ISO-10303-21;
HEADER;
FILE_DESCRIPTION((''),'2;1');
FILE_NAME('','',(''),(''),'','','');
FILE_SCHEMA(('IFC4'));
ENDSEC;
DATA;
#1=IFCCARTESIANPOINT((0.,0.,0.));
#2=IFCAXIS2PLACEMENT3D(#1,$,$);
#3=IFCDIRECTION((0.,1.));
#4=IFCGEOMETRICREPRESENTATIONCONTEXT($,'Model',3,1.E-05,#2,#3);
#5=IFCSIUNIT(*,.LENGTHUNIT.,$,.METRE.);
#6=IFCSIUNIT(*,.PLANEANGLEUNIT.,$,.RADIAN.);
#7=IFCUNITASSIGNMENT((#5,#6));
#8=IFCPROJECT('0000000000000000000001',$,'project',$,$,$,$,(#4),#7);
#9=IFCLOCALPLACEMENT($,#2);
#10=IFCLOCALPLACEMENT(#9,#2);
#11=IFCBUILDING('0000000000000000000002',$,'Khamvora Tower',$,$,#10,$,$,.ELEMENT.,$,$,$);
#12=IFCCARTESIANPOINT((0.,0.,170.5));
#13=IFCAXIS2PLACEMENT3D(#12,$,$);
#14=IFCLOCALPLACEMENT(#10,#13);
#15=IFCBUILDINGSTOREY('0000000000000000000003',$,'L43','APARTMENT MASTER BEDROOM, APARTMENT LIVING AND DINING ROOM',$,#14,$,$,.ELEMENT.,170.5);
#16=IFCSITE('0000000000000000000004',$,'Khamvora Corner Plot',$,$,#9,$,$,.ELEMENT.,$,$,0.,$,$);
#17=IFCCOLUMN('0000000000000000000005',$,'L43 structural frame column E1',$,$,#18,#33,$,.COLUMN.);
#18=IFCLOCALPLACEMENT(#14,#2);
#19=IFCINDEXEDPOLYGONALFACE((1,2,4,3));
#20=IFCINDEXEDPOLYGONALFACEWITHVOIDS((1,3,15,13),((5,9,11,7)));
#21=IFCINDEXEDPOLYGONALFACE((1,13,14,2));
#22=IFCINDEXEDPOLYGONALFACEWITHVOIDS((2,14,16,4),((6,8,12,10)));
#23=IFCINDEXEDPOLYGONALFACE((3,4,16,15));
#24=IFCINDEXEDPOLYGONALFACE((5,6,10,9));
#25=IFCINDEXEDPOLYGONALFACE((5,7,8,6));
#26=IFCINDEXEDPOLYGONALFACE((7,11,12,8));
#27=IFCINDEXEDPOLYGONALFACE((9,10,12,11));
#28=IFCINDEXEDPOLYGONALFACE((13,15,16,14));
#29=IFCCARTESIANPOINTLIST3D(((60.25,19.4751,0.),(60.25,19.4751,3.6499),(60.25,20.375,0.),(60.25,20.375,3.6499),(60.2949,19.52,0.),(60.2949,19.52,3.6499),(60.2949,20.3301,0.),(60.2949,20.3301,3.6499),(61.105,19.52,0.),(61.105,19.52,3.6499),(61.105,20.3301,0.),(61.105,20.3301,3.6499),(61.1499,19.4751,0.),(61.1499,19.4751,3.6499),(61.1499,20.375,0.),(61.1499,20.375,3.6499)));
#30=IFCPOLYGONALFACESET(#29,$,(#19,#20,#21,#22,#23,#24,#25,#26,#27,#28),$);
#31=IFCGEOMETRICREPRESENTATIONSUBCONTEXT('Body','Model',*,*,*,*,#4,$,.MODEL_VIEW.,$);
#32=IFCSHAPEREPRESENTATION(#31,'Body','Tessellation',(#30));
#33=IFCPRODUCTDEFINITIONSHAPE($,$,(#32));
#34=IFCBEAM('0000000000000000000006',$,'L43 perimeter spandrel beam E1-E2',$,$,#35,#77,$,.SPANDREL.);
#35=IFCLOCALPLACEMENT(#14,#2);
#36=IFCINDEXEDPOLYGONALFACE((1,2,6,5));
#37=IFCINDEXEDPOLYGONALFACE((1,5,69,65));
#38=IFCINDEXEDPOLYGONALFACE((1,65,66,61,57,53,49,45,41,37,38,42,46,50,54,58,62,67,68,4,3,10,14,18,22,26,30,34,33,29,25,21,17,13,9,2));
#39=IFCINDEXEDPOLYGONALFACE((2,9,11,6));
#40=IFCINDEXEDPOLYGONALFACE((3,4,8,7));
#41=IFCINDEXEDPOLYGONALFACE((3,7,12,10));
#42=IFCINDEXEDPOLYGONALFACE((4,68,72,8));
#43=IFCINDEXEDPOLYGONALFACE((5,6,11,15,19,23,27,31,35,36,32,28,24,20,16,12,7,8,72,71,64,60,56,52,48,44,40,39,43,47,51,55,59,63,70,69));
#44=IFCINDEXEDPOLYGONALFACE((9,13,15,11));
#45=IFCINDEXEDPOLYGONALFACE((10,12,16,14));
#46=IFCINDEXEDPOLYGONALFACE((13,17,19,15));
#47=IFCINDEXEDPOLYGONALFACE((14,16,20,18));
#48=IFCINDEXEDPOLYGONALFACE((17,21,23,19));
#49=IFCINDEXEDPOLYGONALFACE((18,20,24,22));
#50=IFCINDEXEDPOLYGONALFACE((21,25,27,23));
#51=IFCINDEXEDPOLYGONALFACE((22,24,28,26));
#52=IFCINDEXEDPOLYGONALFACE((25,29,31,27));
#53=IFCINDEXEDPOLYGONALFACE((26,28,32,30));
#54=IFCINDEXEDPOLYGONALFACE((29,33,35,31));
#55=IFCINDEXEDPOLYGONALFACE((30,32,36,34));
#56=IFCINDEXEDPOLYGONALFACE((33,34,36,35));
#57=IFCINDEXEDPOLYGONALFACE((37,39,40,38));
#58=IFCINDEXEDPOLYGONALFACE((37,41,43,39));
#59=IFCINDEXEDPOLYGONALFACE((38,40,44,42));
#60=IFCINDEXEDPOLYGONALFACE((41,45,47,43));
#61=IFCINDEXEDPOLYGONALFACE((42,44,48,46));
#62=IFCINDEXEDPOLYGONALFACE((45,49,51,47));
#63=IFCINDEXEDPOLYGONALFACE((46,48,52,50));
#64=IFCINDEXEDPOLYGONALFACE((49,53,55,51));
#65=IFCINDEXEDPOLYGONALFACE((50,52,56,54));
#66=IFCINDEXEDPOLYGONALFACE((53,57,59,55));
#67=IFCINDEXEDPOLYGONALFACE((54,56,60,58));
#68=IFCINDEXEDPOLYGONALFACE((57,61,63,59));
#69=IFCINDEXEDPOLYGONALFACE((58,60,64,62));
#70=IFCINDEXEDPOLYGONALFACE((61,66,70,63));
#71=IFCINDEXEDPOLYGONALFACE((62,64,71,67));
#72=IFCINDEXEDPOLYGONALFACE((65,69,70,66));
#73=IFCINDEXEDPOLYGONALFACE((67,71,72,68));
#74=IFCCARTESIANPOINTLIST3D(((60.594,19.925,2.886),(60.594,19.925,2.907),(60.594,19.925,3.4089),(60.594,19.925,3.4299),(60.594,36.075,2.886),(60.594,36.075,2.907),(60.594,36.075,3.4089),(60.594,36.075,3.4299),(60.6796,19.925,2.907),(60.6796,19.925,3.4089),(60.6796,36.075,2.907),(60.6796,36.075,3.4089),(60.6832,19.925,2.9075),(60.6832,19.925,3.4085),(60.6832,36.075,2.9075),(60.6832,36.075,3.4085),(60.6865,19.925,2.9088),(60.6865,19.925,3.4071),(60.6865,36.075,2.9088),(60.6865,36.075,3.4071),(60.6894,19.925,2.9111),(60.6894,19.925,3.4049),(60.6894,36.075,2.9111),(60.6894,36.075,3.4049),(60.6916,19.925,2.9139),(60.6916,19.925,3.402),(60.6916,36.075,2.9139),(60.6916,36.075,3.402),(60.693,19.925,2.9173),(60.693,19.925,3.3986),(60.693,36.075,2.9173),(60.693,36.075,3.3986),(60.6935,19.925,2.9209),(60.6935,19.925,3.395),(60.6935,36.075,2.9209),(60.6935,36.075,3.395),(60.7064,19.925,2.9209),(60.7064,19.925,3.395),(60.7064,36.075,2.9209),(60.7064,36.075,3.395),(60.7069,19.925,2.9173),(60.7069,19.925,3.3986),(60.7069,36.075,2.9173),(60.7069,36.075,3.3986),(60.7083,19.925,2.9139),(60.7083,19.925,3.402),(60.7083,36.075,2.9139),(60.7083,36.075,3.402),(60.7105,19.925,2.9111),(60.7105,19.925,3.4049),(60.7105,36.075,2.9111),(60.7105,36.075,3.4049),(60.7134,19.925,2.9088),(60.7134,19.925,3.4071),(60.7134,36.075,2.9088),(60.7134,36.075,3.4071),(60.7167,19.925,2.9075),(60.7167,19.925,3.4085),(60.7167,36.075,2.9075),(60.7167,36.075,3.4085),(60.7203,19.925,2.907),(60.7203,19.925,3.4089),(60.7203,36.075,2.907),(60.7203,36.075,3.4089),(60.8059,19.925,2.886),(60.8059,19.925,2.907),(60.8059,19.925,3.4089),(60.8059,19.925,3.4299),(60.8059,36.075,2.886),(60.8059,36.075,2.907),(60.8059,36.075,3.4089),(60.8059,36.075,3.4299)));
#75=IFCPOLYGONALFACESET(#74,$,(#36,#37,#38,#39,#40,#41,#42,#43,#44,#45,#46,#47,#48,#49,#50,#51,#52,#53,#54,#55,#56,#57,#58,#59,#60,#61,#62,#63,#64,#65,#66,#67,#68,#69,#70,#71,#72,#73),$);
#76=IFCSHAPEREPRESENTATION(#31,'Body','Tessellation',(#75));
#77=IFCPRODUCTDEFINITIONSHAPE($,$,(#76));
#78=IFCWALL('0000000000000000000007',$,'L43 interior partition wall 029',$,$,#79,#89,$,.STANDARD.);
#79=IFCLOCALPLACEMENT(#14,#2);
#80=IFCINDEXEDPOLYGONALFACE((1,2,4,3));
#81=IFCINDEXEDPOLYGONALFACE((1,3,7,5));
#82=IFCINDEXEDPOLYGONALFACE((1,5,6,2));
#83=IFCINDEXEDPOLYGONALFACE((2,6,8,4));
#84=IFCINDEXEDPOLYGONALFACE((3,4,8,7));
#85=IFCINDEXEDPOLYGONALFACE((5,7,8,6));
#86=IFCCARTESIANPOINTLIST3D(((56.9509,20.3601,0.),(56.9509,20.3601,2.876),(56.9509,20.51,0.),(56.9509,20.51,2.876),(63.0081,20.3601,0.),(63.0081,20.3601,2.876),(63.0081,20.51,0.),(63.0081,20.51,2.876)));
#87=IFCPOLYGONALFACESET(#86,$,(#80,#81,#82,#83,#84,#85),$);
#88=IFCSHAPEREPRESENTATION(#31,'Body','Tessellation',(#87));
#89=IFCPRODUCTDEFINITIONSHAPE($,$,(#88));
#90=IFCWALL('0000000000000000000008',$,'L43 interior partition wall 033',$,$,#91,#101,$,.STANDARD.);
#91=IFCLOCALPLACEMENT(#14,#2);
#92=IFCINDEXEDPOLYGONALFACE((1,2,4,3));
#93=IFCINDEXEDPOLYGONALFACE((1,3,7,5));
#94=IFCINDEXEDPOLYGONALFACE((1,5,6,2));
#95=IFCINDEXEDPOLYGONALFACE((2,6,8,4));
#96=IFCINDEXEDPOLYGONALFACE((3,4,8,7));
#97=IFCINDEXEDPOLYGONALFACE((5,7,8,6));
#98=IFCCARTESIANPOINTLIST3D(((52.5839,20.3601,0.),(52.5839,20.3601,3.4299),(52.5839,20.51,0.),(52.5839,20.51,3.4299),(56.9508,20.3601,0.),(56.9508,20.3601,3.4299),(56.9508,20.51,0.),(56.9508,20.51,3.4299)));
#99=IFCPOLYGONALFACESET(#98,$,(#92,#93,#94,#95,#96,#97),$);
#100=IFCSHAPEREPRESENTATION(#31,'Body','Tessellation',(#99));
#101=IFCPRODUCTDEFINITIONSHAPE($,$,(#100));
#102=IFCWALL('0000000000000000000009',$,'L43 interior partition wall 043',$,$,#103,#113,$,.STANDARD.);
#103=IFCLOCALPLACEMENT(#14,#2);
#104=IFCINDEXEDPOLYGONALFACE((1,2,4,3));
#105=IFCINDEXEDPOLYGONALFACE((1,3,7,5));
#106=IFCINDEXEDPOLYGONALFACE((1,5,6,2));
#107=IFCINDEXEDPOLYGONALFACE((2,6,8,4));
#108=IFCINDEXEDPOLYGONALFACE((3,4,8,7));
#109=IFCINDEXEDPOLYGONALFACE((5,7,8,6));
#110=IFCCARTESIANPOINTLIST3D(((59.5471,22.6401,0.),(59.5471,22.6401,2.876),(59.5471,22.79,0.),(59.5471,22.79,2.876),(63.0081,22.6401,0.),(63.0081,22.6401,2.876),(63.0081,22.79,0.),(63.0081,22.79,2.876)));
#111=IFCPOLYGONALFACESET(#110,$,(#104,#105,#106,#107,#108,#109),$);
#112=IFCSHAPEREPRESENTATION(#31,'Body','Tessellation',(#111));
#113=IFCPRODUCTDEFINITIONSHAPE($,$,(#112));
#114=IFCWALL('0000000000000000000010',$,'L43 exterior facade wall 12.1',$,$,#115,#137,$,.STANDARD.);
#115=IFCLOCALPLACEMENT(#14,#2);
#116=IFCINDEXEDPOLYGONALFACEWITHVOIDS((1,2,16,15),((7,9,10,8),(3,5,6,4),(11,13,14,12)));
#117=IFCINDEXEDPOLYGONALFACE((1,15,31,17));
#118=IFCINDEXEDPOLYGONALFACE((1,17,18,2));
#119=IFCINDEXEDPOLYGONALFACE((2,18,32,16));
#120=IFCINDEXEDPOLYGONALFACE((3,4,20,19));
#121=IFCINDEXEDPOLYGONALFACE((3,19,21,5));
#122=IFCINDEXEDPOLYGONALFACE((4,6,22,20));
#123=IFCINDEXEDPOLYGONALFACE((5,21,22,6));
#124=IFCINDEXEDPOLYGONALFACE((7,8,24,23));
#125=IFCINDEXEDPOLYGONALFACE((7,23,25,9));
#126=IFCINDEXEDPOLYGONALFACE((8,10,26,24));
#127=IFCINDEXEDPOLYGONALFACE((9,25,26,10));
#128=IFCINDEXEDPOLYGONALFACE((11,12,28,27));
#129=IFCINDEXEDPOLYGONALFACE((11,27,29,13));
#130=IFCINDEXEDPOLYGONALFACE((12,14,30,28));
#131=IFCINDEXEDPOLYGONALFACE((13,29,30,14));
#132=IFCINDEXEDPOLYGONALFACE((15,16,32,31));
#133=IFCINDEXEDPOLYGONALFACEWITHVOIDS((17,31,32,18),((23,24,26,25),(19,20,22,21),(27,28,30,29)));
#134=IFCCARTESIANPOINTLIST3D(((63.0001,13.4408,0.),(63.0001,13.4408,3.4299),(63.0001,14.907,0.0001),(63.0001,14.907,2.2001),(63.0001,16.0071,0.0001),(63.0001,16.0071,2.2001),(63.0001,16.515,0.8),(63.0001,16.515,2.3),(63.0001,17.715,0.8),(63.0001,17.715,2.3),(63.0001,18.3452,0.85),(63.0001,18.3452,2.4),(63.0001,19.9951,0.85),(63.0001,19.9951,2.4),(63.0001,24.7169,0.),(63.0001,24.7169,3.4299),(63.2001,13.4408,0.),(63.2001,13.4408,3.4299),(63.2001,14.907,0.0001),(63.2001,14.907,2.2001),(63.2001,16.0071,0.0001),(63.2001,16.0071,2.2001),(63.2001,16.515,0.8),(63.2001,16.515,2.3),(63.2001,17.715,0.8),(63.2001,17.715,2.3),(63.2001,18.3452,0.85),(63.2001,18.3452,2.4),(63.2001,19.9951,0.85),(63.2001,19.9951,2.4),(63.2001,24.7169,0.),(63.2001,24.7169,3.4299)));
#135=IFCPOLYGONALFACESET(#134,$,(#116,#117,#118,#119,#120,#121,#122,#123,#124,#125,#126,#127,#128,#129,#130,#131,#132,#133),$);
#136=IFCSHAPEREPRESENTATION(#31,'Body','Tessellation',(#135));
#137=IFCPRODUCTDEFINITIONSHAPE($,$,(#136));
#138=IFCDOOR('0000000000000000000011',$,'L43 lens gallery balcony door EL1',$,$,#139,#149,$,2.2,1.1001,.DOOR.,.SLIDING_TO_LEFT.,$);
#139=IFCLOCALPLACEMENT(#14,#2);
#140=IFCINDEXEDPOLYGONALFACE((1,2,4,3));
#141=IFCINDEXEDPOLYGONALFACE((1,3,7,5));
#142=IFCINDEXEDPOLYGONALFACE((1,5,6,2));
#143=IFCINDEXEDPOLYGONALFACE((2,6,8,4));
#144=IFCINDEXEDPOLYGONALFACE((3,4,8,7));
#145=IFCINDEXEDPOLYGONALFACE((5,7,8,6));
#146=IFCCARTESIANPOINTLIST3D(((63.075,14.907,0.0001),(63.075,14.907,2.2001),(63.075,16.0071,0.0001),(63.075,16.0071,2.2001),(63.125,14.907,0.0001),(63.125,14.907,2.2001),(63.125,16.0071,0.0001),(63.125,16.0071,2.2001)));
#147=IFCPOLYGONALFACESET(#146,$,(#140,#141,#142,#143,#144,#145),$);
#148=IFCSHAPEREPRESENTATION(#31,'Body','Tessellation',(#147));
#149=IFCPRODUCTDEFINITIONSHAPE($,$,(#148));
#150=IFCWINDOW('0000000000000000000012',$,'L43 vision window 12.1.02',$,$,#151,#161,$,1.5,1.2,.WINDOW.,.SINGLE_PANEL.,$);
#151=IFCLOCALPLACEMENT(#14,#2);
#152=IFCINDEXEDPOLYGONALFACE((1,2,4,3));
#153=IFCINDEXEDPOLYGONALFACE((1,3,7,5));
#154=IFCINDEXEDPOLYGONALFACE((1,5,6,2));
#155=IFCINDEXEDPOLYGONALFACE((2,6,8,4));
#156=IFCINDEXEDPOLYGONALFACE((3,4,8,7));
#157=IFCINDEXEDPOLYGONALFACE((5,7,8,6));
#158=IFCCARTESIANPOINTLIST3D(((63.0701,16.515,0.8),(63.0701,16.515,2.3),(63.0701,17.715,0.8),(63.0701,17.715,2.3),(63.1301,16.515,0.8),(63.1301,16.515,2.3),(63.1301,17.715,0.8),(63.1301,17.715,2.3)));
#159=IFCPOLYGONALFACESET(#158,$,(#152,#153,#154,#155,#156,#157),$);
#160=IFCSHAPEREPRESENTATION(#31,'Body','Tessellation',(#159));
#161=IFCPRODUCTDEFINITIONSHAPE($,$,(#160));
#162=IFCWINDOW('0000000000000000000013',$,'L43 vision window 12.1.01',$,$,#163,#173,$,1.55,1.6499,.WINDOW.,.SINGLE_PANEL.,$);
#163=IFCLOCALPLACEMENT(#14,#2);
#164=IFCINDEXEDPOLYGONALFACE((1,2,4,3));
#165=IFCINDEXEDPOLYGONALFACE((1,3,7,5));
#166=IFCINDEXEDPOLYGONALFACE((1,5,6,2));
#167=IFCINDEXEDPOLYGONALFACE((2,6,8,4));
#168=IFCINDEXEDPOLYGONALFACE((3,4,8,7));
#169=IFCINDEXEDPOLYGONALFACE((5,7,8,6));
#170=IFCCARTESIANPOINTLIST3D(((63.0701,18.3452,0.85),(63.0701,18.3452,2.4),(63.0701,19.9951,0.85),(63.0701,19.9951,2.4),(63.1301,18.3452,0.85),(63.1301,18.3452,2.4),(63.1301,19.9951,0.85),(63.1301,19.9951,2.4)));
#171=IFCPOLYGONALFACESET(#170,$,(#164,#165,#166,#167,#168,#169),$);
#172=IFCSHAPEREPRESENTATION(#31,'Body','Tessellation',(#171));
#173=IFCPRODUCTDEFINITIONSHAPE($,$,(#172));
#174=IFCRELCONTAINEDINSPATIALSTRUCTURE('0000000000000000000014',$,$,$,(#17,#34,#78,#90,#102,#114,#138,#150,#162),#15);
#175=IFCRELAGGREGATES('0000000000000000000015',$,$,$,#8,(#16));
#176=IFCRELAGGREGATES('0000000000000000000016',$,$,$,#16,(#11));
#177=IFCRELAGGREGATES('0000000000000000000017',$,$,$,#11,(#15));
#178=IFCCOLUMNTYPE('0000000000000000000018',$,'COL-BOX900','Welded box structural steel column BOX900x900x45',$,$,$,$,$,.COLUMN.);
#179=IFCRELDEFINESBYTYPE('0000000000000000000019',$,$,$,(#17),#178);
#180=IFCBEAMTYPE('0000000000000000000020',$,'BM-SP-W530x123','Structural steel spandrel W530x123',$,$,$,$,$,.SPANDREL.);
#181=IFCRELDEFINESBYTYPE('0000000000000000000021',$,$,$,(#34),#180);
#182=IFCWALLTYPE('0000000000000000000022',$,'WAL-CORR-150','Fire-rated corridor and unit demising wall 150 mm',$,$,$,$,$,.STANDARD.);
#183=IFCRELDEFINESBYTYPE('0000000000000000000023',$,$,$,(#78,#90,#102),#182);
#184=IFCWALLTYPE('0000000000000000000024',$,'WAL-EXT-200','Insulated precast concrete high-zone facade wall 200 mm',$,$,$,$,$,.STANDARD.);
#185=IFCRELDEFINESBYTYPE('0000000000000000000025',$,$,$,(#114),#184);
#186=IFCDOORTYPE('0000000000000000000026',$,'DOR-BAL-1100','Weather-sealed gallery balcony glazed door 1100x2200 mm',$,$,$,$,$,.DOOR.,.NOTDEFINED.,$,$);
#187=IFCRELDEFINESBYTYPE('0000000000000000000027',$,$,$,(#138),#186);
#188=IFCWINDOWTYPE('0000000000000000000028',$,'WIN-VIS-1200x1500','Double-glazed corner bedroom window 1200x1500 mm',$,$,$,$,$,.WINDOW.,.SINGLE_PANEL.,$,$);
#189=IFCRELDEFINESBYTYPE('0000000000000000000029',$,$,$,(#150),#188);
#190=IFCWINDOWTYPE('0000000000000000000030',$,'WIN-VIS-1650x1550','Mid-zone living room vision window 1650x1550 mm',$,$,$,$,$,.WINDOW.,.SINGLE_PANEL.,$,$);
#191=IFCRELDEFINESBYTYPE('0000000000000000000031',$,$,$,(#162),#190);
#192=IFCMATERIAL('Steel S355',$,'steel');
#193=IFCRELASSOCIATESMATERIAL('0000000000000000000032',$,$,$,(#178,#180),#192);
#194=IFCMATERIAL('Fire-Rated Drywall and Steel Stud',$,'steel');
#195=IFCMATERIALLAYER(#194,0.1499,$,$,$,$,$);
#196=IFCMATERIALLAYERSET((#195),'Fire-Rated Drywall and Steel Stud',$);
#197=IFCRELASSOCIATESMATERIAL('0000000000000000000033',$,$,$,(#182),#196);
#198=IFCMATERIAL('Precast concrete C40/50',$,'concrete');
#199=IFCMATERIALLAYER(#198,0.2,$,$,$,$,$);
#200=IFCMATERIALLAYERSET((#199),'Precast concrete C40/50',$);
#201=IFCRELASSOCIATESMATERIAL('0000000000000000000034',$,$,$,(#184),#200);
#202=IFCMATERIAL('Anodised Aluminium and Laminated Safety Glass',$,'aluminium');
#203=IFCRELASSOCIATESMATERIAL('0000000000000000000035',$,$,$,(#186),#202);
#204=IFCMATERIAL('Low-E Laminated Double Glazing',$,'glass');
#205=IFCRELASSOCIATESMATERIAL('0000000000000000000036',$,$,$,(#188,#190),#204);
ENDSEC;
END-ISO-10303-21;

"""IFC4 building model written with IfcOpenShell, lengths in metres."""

from ifc_helpers import new_model, si_unit, direction, frame, frame_2d, origin, origin_2d, place, context, subcontext, project, spatial, rectangle, hollow_rectangle, i_section, extrude, material, layer, layer_set, material_profile, profile_set, type_object, element, fill, save


model = new_model("IFC4")

# Units and contexts
model_context = context("Model", 3, precision=1e-05, world=origin(), true_north=direction((0.0, 1.0)))
body_context = subcontext(model_context, "Body", "Model", "MODEL_VIEW")
ifc_project = project(units=[si_unit("LENGTHUNIT", "METRE"), si_unit("PLANEANGLEUNIT", "RADIAN")], contexts=[model_context])

# Site, building, storey
site_placement = place(None, origin())
site = spatial("IfcSite", under=ifc_project, at=site_placement, Name="Khamvora Corner Plot", CompositionType="ELEMENT", RefElevation=0.0)
building_placement = place(site_placement, origin())
building = spatial("IfcBuilding", under=site, at=building_placement, Name="Khamvora Tower", CompositionType="ELEMENT")
storey_placement = place(building_placement, frame((0.0, 0.0, 170.5)))
storey = spatial("IfcBuildingStorey", under=building, at=storey_placement, Name="L43", Description="APARTMENT MASTER BEDROOM, APARTMENT LIVING AND DINING ROOM", CompositionType="ELEMENT", Elevation=170.5)

# Column
ifc_material_1 = material(Name="Steel S355", Category="steel")
ifc_material_profile_1 = material_profile(ifc_material_1, hollow_rectangle(XDim=0.8999, YDim=0.8999, WallThickness=0.0449, at=origin_2d()), Name="BOX900x900x45")
ifc_profile_set_1 = profile_set([ifc_material_profile_1], Name="Steel S355")
column_type = type_object("IfcColumnType", Name="COL-BOX900", Description="Welded box structural steel column BOX900x900x45", PredefinedType="COLUMN", material=ifc_profile_set_1)
column_placement = place(storey_placement, frame((60.7, 19.925, 0.0), z_axis=(0.0, 0.0, 1.0), x_axis=(1.0, 0.0, 0.0)))
element("IfcColumn", 1, at=column_placement, inside=storey, type_object=column_type, Name="L43 structural frame column E1", PredefinedType="COLUMN", context=body_context, shape_type="SweptSolid", body=[
    extrude(hollow_rectangle(XDim=0.8999, YDim=0.8999, WallThickness=0.0449, at=origin_2d()), origin(), (0.0, 0.0, 1.0), 3.6499),
])

# Beam
ifc_material_profile_2 = material_profile(ifc_material_1, i_section(OverallWidth=0.2119, OverallDepth=0.5439, WebThickness=0.0129, FlangeThickness=0.021, FilletRadius=0.0139, at=origin_2d()), Name="W530x123")
ifc_profile_set_2 = profile_set([ifc_material_profile_2], Name="Steel S355")
beam_type = type_object("IfcBeamType", Name="BM-SP-W530x123", Description="Structural steel spandrel W530x123", PredefinedType="SPANDREL", material=ifc_profile_set_2)
beam_placement = place(storey_placement, frame((60.7, 19.925, 3.158), z_axis=(0.0, 1.0, 0.0), x_axis=(-1.0, 0.0, 0.0)))
element("IfcBeam", 2, at=beam_placement, inside=storey, type_object=beam_type, Name="L43 perimeter spandrel beam E1-E2", PredefinedType="SPANDREL", context=body_context, shape_type="SweptSolid", body=[
    extrude(i_section(OverallWidth=0.2119, OverallDepth=0.5439, WebThickness=0.0129, FlangeThickness=0.021, FilletRadius=0.0139, at=origin_2d()), origin(), (0.0, 0.0, 1.0), 16.1499),
])

# Walls
ifc_material_2 = material(Name="Fire-Rated Drywall and Steel Stud", Category="steel")
ifc_layer_1 = layer(ifc_material_2, 0.1499)
ifc_layer_set_1 = layer_set([ifc_layer_1], Name="Fire-Rated Drywall and Steel Stud")
wall_type_1 = type_object("IfcWallType", Name="WAL-CORR-150", Description="Fire-rated corridor and unit demising wall 150 mm", PredefinedType="STANDARD", material=ifc_layer_set_1)
wall_1_placement = place(storey_placement, frame((63.0081, 20.4351, 0.0), z_axis=(0.0, 0.0, 1.0), x_axis=(-1.0, 0.0, 0.0)))
element("IfcWall", 3, at=wall_1_placement, inside=storey, type_object=wall_type_1, Name="L43 interior partition wall 029", PredefinedType="STANDARD", context=body_context, shape_type="SweptSolid", body=[
    extrude(rectangle(XDim=6.0571, YDim=0.1499, at=frame_2d((3.0286, 0.0))), origin(), (0.0, 0.0, 1.0), 2.876),
])
wall_2_placement = place(storey_placement, frame((56.9509, 20.4351, 0.0), z_axis=(0.0, 0.0, 1.0), x_axis=(-1.0, 0.0, 0.0)))
element("IfcWall", 4, at=wall_2_placement, inside=storey, type_object=wall_type_1, Name="L43 interior partition wall 033", PredefinedType="STANDARD", context=body_context, shape_type="SweptSolid", body=[
    extrude(rectangle(XDim=4.3669, YDim=0.1499, at=frame_2d((2.1836, 0.0))), origin(), (0.0, 0.0, 1.0), 3.4299),
])

# Wall
wall_3_placement = place(storey_placement, frame((59.5471, 22.7151, 0.0), z_axis=(0.0, 0.0, 1.0), x_axis=(1.0, 0.0, 0.0)))
element("IfcWall", 5, at=wall_3_placement, inside=storey, type_object=wall_type_1, Name="L43 interior partition wall 043", PredefinedType="STANDARD", context=body_context, shape_type="SweptSolid", body=[
    extrude(rectangle(XDim=3.4609, YDim=0.1499, at=frame_2d((1.7305, 0.0))), origin(), (0.0, 0.0, 1.0), 2.876),
])

# Wall, openings, door, windows
ifc_material_3 = material(Name="Precast concrete C40/50", Category="concrete")
ifc_layer_2 = layer(ifc_material_3, 0.2)
ifc_layer_set_2 = layer_set([ifc_layer_2], Name="Precast concrete C40/50")
wall_type_2 = type_object("IfcWallType", Name="WAL-EXT-200", Description="Insulated precast concrete high-zone facade wall 200 mm", PredefinedType="STANDARD", material=ifc_layer_set_2)
wall_4_placement = place(storey_placement, frame((63.1001, 24.717, 0.0), z_axis=(0.0, 0.0, 1.0), x_axis=(0.0, -1.0, 0.0)))
wall_4 = element("IfcWall", 6, at=wall_4_placement, inside=storey, type_object=wall_type_2, Name="L43 exterior facade wall 12.1", PredefinedType="STANDARD", context=body_context, shape_type="SweptSolid", body=[
    extrude(rectangle(XDim=11.2761, YDim=0.2, at=frame_2d((5.6382, 0.0))), origin(), (0.0, 0.0, 1.0), 3.4299),
])
opening_1_placement = place(wall_4_placement, frame((8.71, 0.0, 0.0)))
opening_1 = element("IfcOpeningElement", 7, at=opening_1_placement, cuts=wall_4, PredefinedType="OPENING", context=body_context, shape_type="SweptSolid", body=[
    extrude(rectangle(XDim=1.1001, YDim=2.2, at=frame_2d((0.55, 1.1001))), frame((0.0, 0.1099, 0.0), z_axis=(0.0, -1.0, 0.0), x_axis=(1.0, 0.0, 0.0)), (0.0, 0.0, 1.0), 0.22),
])
opening_2_placement = place(wall_4_placement, frame((4.7219, 0.0, 0.8501)))
opening_2 = element("IfcOpeningElement", 8, at=opening_2_placement, cuts=wall_4, PredefinedType="OPENING", context=body_context, shape_type="SweptSolid", body=[
    extrude(rectangle(XDim=1.6499, YDim=1.55, at=frame_2d((0.825, 0.7749))), frame((0.0, 0.1099, 0.0), z_axis=(0.0, -1.0, 0.0), x_axis=(1.0, 0.0, 0.0)), (0.0, 0.0, 1.0), 0.22),
])
opening_3_placement = place(wall_4_placement, frame((7.002, 0.0, 0.8)))
opening_3 = element("IfcOpeningElement", 9, at=opening_3_placement, cuts=wall_4, PredefinedType="OPENING", context=body_context, shape_type="SweptSolid", body=[
    extrude(rectangle(XDim=1.2, YDim=1.5, at=frame_2d((0.6001, 0.75))), frame((0.0, 0.1099, 0.0), z_axis=(0.0, -1.0, 0.0), x_axis=(1.0, 0.0, 0.0)), (0.0, 0.0, 1.0), 0.22),
])
ifc_material_4 = material(Name="Anodised Aluminium and Laminated Safety Glass", Category="aluminium")
door_type_1 = type_object("IfcDoorType", Name="DOR-BAL-1100", Description="Weather-sealed gallery balcony glazed door 1100x2200 mm", OperationType="NOTDEFINED", PredefinedType="DOOR", material=ifc_material_4)
door_1_placement = place(opening_1_placement, origin())
door_1 = element("IfcDoor", 10, at=door_1_placement, inside=storey, type_object=door_type_1, Name="L43 lens gallery balcony door EL1", OperationType="SLIDING_TO_LEFT", OverallHeight=2.2, OverallWidth=1.1001, PredefinedType="DOOR", context=body_context, shape_type="SweptSolid", body=[
    extrude(rectangle(XDim=1.1001, YDim=2.2, at=frame_2d((0.55, 1.1001))), frame((0.0, 0.0249, 0.0), z_axis=(0.0, -1.0, 0.0), x_axis=(1.0, 0.0, 0.0)), (0.0, 0.0, 1.0), 0.05),
])
fill(opening_1, door_1)
ifc_material_5 = material(Name="Low-E Laminated Double Glazing", Category="glass")
window_type_1 = type_object("IfcWindowType", Name="WIN-VIS-1200x1500", Description="Double-glazed corner bedroom window 1200x1500 mm", PartitioningType="SINGLE_PANEL", PredefinedType="WINDOW", material=ifc_material_5)
window_1_placement = place(opening_3_placement, origin())
window_1 = element("IfcWindow", 11, at=window_1_placement, inside=storey, type_object=window_type_1, Name="L43 vision window 12.1.02", OverallHeight=1.5, OverallWidth=1.2, PartitioningType="SINGLE_PANEL", PredefinedType="WINDOW", context=body_context, shape_type="SweptSolid", body=[
    extrude(rectangle(XDim=1.2, YDim=1.5, at=frame_2d((0.6001, 0.75))), frame((0.0, 0.03, 0.0), z_axis=(0.0, -1.0, 0.0), x_axis=(1.0, 0.0, 0.0)), (0.0, 0.0, 1.0), 0.0601),
])
fill(opening_3, window_1)
window_type_2 = type_object("IfcWindowType", Name="WIN-VIS-1650x1550", Description="Mid-zone living room vision window 1650x1550 mm", PartitioningType="SINGLE_PANEL", PredefinedType="WINDOW", material=ifc_material_5)
window_2_placement = place(opening_2_placement, origin())
window_2 = element("IfcWindow", 12, at=window_2_placement, inside=storey, type_object=window_type_2, Name="L43 vision window 12.1.01", OverallHeight=1.55, OverallWidth=1.6499, PartitioningType="SINGLE_PANEL", PredefinedType="WINDOW", context=body_context, shape_type="SweptSolid", body=[
    extrude(rectangle(XDim=1.6499, YDim=1.55, at=frame_2d((0.825, 0.7749))), frame((0.0, 0.03, 0.0), z_axis=(0.0, -1.0, 0.0), x_axis=(1.0, 0.0, 0.0)), (0.0, 0.0, 1.0), 0.0601),
])
fill(opening_2, window_2)

save(model, "model.ifc")
